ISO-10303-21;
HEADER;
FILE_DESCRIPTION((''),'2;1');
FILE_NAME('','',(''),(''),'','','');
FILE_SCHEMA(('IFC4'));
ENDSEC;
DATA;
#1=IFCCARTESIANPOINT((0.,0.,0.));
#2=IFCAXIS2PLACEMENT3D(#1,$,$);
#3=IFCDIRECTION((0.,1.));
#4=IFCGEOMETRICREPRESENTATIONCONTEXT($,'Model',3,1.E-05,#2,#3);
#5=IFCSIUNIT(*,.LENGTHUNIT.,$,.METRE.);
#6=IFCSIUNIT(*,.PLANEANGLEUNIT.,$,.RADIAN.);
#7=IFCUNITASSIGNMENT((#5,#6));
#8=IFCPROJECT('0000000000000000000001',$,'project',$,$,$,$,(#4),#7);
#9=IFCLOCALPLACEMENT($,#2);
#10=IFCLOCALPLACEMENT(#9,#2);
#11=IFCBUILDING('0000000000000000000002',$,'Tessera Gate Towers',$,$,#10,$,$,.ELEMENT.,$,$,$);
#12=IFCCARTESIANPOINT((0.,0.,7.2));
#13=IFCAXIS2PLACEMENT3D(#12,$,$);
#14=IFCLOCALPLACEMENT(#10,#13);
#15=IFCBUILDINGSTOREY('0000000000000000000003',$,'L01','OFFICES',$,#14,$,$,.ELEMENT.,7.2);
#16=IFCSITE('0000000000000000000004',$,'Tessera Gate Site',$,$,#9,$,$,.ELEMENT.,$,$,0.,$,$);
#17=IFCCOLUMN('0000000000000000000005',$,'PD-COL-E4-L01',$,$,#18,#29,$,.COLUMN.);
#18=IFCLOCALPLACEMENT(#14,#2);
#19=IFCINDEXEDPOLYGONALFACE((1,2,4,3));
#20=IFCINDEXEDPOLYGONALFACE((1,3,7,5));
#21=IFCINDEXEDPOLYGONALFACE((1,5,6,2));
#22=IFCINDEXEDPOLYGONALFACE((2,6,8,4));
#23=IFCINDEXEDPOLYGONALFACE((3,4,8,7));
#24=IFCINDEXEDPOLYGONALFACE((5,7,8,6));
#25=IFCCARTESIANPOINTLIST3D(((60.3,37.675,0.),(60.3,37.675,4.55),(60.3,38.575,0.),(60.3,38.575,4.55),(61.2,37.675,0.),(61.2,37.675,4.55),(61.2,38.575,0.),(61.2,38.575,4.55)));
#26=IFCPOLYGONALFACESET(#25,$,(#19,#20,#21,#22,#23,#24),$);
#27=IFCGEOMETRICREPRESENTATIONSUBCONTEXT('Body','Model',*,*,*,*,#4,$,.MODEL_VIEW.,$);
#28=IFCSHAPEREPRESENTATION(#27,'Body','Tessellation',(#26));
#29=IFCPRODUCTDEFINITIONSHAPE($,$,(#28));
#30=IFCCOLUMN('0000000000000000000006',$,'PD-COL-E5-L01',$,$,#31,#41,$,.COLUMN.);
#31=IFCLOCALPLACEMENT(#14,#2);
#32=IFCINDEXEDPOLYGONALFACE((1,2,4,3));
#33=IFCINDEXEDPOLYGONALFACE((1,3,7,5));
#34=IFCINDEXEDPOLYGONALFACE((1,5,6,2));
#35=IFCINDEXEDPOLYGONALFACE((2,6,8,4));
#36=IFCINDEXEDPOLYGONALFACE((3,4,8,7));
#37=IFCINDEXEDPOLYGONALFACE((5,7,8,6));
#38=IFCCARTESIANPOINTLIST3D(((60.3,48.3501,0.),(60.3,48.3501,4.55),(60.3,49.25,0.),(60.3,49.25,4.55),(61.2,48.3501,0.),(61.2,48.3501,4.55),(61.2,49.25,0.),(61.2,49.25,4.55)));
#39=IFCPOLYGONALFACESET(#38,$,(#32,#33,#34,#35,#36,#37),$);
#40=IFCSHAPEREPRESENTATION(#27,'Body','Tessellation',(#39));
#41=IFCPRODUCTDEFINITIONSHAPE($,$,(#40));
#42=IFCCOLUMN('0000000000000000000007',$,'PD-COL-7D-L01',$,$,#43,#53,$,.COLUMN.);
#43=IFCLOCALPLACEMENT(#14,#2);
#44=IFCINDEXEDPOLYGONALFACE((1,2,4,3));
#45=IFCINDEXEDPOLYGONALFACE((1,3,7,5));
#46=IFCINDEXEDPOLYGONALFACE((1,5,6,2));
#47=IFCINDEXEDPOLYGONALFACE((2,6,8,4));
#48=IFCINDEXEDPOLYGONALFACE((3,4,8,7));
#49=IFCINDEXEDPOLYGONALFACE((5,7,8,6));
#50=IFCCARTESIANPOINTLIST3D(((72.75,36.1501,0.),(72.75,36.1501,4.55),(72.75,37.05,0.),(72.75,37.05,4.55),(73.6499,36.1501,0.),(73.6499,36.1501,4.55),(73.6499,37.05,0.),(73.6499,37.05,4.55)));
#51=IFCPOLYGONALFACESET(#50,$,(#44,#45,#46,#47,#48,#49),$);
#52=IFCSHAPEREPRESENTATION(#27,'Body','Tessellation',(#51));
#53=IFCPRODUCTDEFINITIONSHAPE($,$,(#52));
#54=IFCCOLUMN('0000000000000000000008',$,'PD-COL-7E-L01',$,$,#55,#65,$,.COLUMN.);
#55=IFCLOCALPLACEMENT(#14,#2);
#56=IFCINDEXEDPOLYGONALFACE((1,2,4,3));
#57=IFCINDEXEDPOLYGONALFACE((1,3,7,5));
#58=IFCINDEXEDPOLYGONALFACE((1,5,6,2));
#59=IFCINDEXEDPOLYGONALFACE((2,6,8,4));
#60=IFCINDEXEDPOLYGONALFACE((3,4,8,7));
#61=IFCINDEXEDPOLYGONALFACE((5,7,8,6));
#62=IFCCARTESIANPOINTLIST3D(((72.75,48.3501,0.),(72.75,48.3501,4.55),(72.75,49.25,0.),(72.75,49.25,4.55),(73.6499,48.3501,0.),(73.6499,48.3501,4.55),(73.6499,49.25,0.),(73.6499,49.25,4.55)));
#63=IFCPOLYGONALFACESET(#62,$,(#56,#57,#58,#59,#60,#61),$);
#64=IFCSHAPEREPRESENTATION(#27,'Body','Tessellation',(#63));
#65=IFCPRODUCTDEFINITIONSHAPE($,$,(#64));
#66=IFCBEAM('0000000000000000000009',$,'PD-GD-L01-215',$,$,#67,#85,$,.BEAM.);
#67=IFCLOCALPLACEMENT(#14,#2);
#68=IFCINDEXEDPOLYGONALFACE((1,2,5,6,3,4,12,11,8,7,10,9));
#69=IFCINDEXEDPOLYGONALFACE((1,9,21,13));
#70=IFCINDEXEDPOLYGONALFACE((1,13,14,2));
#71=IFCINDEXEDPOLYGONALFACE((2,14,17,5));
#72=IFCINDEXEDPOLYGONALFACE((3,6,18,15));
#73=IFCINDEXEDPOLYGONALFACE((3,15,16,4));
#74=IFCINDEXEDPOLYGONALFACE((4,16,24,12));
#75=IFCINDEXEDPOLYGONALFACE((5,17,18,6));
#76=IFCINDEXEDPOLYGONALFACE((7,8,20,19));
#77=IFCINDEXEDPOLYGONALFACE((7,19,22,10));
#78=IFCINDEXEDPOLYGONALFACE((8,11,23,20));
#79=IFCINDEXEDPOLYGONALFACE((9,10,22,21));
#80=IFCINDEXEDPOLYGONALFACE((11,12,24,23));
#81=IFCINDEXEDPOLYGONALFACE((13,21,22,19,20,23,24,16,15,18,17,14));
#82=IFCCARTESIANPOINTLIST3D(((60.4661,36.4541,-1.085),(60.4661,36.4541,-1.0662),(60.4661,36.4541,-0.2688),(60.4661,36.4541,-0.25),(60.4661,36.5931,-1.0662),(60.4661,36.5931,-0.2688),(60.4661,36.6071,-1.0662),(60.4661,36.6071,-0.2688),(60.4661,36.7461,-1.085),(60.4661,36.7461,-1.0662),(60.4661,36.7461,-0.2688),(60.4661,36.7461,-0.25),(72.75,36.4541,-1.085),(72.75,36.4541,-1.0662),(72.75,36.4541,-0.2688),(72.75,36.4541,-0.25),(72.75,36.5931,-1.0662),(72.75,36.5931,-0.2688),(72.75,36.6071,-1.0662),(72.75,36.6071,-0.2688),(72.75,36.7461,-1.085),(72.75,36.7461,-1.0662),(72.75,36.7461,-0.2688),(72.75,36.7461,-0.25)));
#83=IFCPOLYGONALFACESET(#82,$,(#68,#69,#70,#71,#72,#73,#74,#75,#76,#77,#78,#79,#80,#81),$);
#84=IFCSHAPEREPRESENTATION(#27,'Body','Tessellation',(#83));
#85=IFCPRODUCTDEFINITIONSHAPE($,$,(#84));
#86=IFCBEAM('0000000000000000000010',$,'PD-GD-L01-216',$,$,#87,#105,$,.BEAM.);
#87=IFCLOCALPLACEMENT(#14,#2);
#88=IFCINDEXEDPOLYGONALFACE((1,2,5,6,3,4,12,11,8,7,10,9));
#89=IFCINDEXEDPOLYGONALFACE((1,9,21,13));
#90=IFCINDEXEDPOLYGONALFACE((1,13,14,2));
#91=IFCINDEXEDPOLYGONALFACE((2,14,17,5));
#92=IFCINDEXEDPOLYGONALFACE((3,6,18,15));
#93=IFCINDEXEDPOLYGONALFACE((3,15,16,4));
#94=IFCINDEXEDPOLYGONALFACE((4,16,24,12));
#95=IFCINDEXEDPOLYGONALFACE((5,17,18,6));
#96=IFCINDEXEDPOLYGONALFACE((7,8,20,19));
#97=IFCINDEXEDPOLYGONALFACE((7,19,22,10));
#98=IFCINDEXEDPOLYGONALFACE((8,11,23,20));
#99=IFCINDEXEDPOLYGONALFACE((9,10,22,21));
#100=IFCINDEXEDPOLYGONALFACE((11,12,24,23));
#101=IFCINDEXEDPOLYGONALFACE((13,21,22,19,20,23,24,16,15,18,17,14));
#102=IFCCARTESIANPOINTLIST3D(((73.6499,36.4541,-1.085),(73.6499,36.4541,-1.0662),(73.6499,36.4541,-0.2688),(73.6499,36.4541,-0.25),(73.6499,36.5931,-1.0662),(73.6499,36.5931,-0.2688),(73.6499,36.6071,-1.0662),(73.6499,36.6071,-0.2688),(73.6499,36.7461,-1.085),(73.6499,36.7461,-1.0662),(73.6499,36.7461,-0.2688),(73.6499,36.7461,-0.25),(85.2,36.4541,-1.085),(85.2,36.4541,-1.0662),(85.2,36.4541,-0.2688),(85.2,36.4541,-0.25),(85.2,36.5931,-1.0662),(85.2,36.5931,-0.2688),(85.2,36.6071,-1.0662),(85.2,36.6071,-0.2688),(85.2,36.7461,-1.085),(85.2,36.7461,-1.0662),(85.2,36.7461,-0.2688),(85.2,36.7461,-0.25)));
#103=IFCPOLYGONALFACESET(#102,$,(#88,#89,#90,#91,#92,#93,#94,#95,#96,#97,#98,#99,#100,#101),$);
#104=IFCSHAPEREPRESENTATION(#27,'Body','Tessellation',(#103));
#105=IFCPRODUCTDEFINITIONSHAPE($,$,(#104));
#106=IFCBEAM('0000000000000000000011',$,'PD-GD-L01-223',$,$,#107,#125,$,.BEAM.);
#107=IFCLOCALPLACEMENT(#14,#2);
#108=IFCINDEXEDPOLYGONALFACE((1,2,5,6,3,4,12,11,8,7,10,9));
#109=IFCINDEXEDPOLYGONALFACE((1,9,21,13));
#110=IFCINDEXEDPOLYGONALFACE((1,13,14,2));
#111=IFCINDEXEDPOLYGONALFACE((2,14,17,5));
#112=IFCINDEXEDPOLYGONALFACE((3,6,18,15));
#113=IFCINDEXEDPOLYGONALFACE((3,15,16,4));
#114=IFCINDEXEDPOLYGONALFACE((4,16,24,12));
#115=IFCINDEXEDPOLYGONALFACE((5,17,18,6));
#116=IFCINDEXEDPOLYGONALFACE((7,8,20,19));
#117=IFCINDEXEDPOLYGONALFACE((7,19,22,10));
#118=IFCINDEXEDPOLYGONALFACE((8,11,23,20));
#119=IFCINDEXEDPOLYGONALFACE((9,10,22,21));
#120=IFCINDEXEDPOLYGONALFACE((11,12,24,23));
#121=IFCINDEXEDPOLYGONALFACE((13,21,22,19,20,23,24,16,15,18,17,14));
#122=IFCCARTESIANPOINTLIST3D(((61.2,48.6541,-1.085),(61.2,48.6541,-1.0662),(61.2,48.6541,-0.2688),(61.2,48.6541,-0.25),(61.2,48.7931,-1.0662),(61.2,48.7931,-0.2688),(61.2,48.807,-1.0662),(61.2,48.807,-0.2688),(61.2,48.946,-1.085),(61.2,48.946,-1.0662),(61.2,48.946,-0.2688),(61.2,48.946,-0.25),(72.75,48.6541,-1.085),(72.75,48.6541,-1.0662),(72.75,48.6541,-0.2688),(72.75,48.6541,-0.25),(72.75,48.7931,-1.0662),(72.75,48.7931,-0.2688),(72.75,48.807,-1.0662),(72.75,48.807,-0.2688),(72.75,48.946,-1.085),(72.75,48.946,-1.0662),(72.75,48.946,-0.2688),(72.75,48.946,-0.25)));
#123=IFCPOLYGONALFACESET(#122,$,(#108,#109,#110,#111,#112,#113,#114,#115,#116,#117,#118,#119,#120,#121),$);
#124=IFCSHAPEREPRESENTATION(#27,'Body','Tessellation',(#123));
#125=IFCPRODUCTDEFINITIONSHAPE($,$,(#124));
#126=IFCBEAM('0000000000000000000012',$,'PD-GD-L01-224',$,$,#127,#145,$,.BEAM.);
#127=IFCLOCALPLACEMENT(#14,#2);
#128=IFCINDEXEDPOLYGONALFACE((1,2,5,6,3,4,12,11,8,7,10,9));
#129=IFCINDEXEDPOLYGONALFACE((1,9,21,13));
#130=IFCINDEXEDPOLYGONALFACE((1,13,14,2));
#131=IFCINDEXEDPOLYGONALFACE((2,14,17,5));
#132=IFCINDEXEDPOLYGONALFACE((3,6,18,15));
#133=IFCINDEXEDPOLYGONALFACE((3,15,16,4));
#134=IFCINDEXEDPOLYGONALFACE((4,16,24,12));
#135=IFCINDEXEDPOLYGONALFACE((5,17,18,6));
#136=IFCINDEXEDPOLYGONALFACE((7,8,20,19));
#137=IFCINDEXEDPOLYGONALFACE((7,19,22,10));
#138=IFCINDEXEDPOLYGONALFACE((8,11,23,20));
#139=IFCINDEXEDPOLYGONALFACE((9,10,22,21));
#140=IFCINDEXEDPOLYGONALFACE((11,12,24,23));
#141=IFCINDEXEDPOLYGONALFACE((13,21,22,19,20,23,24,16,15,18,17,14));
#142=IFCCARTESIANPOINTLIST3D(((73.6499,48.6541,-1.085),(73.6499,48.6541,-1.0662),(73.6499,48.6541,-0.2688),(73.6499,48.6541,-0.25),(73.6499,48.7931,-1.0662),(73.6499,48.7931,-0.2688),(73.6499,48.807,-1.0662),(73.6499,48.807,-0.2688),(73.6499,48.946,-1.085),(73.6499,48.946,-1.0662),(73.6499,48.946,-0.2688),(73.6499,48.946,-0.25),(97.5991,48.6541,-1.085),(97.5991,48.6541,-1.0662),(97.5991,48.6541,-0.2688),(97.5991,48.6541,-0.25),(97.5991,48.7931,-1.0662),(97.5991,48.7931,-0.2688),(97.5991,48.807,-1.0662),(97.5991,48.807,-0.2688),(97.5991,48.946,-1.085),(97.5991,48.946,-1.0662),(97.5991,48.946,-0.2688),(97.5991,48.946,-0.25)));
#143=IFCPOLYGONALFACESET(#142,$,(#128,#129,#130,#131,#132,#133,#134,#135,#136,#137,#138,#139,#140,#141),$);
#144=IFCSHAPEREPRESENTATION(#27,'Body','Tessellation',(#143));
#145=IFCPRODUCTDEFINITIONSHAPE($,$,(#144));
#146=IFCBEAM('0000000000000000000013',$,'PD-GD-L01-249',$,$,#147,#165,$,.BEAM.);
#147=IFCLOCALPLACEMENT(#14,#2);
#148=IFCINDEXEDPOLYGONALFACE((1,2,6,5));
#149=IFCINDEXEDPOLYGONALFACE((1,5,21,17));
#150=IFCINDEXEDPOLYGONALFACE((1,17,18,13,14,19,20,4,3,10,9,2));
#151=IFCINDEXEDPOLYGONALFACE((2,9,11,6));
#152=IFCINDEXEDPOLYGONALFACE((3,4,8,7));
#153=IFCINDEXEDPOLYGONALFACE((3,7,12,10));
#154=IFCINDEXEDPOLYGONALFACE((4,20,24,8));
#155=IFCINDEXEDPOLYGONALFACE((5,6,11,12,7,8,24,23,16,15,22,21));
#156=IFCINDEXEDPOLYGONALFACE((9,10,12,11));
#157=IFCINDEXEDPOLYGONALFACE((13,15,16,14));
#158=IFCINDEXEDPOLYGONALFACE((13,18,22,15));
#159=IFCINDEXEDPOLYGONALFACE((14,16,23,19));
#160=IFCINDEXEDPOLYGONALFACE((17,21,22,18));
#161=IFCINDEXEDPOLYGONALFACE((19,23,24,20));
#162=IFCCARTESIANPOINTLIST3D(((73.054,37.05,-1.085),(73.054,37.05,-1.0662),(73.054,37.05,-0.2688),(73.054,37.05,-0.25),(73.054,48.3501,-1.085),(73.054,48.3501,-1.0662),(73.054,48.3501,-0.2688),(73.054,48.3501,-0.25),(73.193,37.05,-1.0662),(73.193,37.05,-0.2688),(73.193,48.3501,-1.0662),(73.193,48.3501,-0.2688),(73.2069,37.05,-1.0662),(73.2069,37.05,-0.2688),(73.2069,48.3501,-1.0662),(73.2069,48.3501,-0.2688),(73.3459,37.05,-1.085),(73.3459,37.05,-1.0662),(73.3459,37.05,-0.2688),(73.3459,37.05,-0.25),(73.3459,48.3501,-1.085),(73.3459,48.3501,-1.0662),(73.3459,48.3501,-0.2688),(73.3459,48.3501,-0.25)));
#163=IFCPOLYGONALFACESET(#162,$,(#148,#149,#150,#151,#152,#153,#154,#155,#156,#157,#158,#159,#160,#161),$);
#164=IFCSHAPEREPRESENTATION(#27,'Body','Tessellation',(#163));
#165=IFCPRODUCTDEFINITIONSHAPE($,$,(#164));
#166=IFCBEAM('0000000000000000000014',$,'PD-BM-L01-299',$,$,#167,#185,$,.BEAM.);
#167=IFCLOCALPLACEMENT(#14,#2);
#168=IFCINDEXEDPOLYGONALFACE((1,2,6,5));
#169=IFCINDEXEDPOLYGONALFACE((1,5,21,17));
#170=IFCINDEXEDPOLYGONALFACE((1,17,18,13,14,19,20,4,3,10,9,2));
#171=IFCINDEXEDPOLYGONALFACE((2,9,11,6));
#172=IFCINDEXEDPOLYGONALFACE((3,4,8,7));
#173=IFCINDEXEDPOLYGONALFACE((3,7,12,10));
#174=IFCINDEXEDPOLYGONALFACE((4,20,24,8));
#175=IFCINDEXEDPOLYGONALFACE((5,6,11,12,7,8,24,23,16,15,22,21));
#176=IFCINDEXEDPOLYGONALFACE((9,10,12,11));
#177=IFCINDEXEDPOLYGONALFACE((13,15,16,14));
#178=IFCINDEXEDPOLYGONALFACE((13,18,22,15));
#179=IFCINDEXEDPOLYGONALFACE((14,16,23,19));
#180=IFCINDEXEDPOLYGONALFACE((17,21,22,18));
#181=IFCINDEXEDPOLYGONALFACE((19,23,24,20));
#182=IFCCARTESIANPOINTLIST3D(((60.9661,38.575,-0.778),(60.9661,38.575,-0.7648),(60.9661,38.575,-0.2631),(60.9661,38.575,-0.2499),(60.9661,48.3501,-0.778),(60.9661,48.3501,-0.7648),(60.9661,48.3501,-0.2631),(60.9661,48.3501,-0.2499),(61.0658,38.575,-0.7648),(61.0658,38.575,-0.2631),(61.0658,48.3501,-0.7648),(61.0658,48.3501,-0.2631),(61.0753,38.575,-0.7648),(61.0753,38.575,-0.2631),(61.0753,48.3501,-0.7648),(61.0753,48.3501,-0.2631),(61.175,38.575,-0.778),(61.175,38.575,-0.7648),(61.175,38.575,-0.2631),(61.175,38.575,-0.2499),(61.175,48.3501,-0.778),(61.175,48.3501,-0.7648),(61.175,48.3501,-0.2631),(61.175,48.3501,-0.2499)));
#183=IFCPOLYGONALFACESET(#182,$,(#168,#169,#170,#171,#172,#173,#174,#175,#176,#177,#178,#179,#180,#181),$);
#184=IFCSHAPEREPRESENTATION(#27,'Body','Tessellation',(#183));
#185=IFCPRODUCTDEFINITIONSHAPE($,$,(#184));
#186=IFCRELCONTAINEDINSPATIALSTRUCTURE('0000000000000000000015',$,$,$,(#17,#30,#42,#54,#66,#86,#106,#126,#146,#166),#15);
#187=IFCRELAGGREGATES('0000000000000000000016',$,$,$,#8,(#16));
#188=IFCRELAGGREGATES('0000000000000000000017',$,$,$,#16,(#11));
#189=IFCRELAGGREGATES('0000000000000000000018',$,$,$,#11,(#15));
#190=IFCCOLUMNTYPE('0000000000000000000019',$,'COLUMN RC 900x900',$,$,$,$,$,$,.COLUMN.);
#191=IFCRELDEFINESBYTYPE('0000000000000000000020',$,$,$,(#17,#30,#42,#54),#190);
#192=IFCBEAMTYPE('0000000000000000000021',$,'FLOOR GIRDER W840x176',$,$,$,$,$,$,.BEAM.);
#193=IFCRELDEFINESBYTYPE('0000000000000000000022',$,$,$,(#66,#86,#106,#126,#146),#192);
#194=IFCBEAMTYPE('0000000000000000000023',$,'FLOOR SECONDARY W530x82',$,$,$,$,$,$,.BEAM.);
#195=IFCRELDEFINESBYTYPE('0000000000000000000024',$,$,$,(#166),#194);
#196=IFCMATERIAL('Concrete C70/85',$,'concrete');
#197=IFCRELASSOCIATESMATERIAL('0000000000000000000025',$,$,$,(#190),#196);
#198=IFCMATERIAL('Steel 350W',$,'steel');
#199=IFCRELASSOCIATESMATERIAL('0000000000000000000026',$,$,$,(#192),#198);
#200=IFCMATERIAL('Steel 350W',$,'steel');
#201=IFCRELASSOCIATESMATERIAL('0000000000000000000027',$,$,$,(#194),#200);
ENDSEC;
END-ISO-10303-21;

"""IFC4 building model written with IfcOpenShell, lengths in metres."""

from ifc_helpers import new_model, si_unit, direction, frame, origin, origin_2d, place, context, subcontext, project, spatial, rectangle, i_section, extrude, material, material_profile, profile_set, type_object, element, save


model = new_model("IFC4")

# Units and contexts
model_context = context("Model", 3, precision=1e-05, world=origin(), true_north=direction((0.0, 1.0)))
body_context = subcontext(model_context, "Body", "Model", "MODEL_VIEW")
ifc_project = project(units=[si_unit("LENGTHUNIT", "METRE"), si_unit("PLANEANGLEUNIT", "RADIAN")], contexts=[model_context])

# Site, building, storey
site_placement = place(None, origin())
site = spatial("IfcSite", under=ifc_project, at=site_placement, Name="Tessera Gate Site", CompositionType="ELEMENT", RefElevation=0.0)
building_placement = place(site_placement, origin())
building = spatial("IfcBuilding", under=site, at=building_placement, Name="Tessera Gate Towers", CompositionType="ELEMENT")
storey_placement = place(building_placement, frame((0.0, 0.0, 7.2)))
storey = spatial("IfcBuildingStorey", under=building, at=storey_placement, Name="L01", Description="OFFICES", CompositionType="ELEMENT", Elevation=7.2)

# Columns
ifc_material_1 = material(Name="Concrete C70/85", Category="concrete")
ifc_material_profile_1 = material_profile(ifc_material_1, rectangle(XDim=0.8999, YDim=0.8999, at=origin_2d()), Name="RC 900x900")
ifc_profile_set_1 = profile_set([ifc_material_profile_1], Name="Concrete C70/85")
column_type = type_object("IfcColumnType", Name="COLUMN RC 900x900", PredefinedType="COLUMN", material=ifc_profile_set_1)
for number, where, z_axis, x_axis, name in (
    (1, (60.75, 38.125, 0.0), (0.0, 0.0, 1.0), (1.0, 0.0, 0.0), "PD-COL-E4-L01"),
    (2, (60.75, 48.8, 0.0), (0.0, 0.0, 1.0), (1.0, 0.0, 0.0), "PD-COL-E5-L01"),
    (3, (73.2, 36.6001, 0.0), (0.0, 0.0, 1.0), (1.0, 0.0, 0.0), "PD-COL-7D-L01"),
    (4, (73.2, 48.8, 0.0), (0.0, 0.0, 1.0), (1.0, 0.0, 0.0), "PD-COL-7E-L01"),
):
    element("IfcColumn", number, at=place(storey_placement, frame(where, z_axis=z_axis, x_axis=x_axis)), inside=storey, type_object=column_type, Name=name, PredefinedType="COLUMN", context=body_context, shape_type="SweptSolid", body=[
        extrude(rectangle(XDim=0.8999, YDim=0.8999, at=origin_2d()), origin(), (0.0, 0.0, 1.0), 4.55),
    ])

# Beams
ifc_material_2 = material(Name="Steel 350W", Category="steel")
ifc_material_profile_2 = material_profile(ifc_material_2, i_section(OverallWidth=0.292, OverallDepth=0.835, WebThickness=0.0139, FlangeThickness=0.0188, at=origin_2d()), Name="W840x176")
ifc_profile_set_2 = profile_set([ifc_material_profile_2], Name="Steel 350W")
beam_type_1 = type_object("IfcBeamType", Name="FLOOR GIRDER W840x176", PredefinedType="BEAM", material=ifc_profile_set_2)
beam_1_placement = place(storey_placement, frame((60.4661, 36.6001, -0.6675), z_axis=(1.0, 0.0, 0.0), x_axis=(0.0, 1.0, 0.0)))
element("IfcBeam", 5, at=beam_1_placement, inside=storey, type_object=beam_type_1, Name="PD-GD-L01-215", PredefinedType="BEAM", context=body_context, shape_type="SweptSolid", body=[
    extrude(i_section(OverallWidth=0.292, OverallDepth=0.835, WebThickness=0.0139, FlangeThickness=0.0188, at=origin_2d()), origin(), (0.0, 0.0, 1.0), 12.2839),
])
for number, where, z_axis, x_axis, name in (
    (6, (73.6499, 36.6001, -0.6675), (1.0, 0.0, 0.0), (0.0, 1.0, 0.0), "PD-GD-L01-216"),
    (7, (61.2, 48.8, -0.6675), (1.0, 0.0, 0.0), (0.0, 1.0, 0.0), "PD-GD-L01-223"),
):
    element("IfcBeam", number, at=place(storey_placement, frame(where, z_axis=z_axis, x_axis=x_axis)), inside=storey, type_object=beam_type_1, Name=name, PredefinedType="BEAM", context=body_context, shape_type="SweptSolid", body=[
        extrude(i_section(OverallWidth=0.292, OverallDepth=0.835, WebThickness=0.0139, FlangeThickness=0.0188, at=origin_2d()), origin(), (0.0, 0.0, 1.0), 11.55),
    ])
beam_2_placement = place(storey_placement, frame((73.6499, 48.8, -0.6675), z_axis=(1.0, 0.0, 0.0), x_axis=(0.0, 1.0, 0.0)))
element("IfcBeam", 8, at=beam_2_placement, inside=storey, type_object=beam_type_1, Name="PD-GD-L01-224", PredefinedType="BEAM", context=body_context, shape_type="SweptSolid", body=[
    extrude(i_section(OverallWidth=0.292, OverallDepth=0.835, WebThickness=0.0139, FlangeThickness=0.0188, at=origin_2d()), origin(), (0.0, 0.0, 1.0), 23.9492),
])
beam_3_placement = place(storey_placement, frame((73.2, 37.05, -0.6675), z_axis=(0.0, 1.0, 0.0), x_axis=(-1.0, 0.0, 0.0)))
element("IfcBeam", 9, at=beam_3_placement, inside=storey, type_object=beam_type_1, Name="PD-GD-L01-249", PredefinedType="BEAM", context=body_context, shape_type="SweptSolid", body=[
    extrude(i_section(OverallWidth=0.292, OverallDepth=0.835, WebThickness=0.0139, FlangeThickness=0.0188, at=origin_2d()), origin(), (0.0, 0.0, 1.0), 11.3),
])
ifc_material_3 = material(Name="Steel 350W", Category="steel")
ifc_material_profile_3 = material_profile(ifc_material_3, i_section(OverallWidth=0.209, OverallDepth=0.5281, WebThickness=0.0095, FlangeThickness=0.0132, at=origin_2d()), Name="W530x82")
ifc_profile_set_3 = profile_set([ifc_material_profile_3], Name="Steel 350W")
beam_type_2 = type_object("IfcBeamType", Name="FLOOR SECONDARY W530x82", PredefinedType="BEAM", material=ifc_profile_set_3)
beam_4_placement = place(storey_placement, frame((61.0706, 38.575, -0.5139), z_axis=(0.0, 1.0, 0.0), x_axis=(-1.0, 0.0, 0.0)))
element("IfcBeam", 10, at=beam_4_placement, inside=storey, type_object=beam_type_2, Name="PD-BM-L01-299", PredefinedType="BEAM", context=body_context, shape_type="SweptSolid", body=[
    extrude(i_section(OverallWidth=0.209, OverallDepth=0.5281, WebThickness=0.0095, FlangeThickness=0.0132, at=origin_2d()), origin(), (0.0, 0.0, 1.0), 9.7751),
])

save(model, "model.ifc")
